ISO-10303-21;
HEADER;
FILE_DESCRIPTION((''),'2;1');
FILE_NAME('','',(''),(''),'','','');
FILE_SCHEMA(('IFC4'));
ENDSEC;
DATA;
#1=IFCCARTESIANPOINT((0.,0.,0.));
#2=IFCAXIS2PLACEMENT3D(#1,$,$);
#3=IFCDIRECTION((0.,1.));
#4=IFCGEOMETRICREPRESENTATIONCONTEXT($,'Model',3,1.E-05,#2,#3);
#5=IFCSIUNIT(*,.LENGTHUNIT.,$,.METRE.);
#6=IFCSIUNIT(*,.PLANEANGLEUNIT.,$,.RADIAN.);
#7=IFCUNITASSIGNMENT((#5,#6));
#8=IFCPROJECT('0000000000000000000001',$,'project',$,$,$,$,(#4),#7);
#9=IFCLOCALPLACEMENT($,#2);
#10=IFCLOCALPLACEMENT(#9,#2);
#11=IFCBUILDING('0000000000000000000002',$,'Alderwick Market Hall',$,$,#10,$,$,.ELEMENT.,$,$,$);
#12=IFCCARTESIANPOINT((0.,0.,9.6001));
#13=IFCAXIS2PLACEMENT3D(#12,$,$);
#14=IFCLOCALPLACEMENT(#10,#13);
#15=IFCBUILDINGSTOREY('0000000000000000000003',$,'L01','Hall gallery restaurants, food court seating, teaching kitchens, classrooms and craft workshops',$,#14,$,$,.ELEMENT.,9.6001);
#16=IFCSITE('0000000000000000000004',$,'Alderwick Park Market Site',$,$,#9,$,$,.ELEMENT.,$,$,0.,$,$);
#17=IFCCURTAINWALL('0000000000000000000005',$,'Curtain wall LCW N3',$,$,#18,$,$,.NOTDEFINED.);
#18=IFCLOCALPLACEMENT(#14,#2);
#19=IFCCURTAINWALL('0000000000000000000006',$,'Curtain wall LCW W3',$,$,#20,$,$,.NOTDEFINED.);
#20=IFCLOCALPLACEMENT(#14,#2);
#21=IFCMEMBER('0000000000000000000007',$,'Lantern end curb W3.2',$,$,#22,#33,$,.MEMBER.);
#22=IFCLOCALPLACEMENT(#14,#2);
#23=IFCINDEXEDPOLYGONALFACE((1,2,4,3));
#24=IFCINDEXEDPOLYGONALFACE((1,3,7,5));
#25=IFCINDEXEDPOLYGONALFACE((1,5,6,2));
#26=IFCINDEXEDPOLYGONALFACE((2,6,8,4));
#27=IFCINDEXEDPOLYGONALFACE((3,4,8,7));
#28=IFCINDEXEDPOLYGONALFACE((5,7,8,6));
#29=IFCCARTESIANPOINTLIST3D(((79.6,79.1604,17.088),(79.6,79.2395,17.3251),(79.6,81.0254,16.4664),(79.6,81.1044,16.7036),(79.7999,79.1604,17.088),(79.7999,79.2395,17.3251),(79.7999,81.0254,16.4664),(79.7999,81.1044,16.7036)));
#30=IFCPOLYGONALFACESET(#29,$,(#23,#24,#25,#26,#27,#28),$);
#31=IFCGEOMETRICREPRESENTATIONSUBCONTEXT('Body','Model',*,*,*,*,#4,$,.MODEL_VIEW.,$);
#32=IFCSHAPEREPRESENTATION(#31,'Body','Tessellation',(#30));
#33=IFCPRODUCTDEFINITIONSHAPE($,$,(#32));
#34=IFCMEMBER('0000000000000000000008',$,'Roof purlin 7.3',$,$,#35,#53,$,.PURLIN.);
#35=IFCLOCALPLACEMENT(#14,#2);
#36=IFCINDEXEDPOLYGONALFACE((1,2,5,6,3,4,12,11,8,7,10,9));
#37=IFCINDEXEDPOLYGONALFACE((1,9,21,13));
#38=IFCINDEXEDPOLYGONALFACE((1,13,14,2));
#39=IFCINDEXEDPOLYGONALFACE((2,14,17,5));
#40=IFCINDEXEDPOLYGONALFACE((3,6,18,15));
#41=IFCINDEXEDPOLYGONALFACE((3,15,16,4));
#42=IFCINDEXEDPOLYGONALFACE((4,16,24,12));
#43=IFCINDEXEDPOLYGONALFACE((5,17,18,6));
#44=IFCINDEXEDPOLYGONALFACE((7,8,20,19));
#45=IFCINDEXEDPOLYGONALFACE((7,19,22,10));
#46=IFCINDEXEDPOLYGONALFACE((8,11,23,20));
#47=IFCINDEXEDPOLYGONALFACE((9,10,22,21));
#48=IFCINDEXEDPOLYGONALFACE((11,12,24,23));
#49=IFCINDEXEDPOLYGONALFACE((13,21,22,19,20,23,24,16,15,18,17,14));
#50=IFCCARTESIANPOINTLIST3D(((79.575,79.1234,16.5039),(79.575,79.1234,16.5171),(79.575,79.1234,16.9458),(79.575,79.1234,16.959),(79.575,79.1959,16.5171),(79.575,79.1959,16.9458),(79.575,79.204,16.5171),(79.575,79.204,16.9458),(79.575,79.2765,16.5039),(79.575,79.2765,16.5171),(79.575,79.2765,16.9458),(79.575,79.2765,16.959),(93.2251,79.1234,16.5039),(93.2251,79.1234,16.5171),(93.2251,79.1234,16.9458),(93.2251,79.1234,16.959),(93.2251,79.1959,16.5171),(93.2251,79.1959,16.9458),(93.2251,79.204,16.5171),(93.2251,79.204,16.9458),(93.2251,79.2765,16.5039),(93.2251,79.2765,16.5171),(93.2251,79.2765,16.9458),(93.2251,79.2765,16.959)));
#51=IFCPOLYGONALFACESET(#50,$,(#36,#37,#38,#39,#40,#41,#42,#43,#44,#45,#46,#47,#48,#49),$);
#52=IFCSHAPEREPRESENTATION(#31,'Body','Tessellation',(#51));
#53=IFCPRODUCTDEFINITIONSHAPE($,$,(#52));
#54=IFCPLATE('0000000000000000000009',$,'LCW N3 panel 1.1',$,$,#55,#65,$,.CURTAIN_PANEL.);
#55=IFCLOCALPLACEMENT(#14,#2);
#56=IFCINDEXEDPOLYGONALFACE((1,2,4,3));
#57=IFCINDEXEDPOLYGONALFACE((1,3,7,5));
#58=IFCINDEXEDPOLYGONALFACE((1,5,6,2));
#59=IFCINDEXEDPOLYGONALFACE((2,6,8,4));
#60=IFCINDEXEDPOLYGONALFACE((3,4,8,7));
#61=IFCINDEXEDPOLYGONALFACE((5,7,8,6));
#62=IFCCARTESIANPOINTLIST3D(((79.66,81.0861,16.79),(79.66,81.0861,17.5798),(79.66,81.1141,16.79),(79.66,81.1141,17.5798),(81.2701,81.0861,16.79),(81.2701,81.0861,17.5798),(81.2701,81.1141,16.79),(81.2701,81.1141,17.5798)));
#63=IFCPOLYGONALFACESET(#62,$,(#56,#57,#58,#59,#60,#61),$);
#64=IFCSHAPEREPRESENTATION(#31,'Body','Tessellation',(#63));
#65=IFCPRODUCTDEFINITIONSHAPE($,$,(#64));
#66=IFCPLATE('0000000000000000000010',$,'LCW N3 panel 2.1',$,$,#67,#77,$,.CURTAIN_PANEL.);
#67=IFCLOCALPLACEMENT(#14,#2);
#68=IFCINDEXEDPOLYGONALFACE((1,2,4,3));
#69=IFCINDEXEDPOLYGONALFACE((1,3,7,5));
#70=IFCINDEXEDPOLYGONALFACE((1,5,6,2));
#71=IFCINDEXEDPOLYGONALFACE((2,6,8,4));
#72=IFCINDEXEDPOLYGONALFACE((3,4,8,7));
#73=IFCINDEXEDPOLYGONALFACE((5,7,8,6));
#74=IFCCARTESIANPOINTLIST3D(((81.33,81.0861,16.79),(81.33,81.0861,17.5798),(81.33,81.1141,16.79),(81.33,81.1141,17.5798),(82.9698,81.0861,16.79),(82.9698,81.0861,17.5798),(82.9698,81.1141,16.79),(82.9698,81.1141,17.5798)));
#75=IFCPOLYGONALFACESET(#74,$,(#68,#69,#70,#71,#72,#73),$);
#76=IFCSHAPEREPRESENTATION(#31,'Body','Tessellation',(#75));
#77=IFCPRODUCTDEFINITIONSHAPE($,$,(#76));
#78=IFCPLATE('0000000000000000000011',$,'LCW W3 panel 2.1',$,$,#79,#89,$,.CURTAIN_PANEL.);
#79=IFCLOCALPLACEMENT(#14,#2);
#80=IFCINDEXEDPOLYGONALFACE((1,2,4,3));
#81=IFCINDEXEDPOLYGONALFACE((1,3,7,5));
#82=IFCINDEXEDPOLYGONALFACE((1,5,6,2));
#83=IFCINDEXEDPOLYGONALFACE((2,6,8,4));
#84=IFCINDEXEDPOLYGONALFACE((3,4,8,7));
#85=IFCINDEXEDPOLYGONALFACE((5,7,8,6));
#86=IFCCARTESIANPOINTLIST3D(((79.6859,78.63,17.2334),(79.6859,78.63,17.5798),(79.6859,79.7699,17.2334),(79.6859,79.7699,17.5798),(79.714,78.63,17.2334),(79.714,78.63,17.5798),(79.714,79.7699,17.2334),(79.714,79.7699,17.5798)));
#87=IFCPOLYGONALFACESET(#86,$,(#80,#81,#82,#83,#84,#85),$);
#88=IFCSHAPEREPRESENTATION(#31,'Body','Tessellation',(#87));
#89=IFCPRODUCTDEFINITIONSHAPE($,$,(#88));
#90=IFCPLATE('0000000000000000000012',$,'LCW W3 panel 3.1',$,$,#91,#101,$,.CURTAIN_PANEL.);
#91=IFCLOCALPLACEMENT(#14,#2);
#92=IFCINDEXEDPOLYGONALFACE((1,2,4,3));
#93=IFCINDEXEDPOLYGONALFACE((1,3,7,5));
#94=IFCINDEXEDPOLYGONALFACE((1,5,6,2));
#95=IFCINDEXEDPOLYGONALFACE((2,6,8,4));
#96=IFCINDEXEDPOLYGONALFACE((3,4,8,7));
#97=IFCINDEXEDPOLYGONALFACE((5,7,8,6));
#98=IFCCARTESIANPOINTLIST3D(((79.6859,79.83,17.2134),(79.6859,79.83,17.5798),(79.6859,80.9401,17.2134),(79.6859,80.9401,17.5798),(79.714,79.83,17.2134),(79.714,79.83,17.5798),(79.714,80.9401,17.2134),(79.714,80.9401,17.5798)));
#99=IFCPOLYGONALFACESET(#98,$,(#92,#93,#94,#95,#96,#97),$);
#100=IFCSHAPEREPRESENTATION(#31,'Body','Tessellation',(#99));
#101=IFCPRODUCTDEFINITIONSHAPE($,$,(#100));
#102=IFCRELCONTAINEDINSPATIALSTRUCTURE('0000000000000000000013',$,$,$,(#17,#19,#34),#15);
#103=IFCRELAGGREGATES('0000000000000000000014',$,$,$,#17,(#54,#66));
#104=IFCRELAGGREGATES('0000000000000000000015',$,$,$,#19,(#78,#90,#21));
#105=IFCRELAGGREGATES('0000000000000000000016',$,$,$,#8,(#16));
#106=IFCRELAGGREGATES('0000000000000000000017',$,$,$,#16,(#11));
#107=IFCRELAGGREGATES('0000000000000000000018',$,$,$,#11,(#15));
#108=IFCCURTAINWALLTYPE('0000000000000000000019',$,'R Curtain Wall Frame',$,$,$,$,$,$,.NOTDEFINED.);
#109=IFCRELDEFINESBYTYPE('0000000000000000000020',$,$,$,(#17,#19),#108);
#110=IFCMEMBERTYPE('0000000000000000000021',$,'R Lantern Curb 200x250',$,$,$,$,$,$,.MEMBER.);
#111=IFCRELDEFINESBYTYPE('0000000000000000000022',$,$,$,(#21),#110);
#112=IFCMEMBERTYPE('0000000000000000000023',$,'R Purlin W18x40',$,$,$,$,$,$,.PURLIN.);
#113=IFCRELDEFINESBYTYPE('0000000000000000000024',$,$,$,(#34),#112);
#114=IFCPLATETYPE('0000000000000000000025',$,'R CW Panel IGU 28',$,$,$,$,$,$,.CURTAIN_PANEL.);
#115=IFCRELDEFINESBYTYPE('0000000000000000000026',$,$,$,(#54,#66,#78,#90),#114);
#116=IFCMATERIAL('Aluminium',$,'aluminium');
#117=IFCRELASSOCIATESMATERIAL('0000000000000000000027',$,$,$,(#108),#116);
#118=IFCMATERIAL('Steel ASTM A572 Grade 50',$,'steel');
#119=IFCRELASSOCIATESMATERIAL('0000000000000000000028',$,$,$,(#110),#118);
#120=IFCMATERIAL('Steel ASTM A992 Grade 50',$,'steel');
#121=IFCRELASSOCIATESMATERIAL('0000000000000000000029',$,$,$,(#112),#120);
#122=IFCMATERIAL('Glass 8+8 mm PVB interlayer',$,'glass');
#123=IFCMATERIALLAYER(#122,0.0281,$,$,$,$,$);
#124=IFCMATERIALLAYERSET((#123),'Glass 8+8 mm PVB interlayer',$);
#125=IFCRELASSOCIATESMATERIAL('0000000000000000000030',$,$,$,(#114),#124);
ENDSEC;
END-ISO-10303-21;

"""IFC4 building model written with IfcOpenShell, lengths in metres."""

from ifc_helpers import new_model, si_unit, direction, frame, origin, origin_2d, place, context, subcontext, project, spatial, rectangle, i_section, extrude, material, layer, layer_set, material_profile, profile_set, type_object, element, aggregate, save


model = new_model("IFC4")

# Units and contexts
model_context = context("Model", 3, precision=1e-05, world=origin(), true_north=direction((0.0, 1.0)))
body_context = subcontext(model_context, "Body", "Model", "MODEL_VIEW")
ifc_project = project(units=[si_unit("LENGTHUNIT", "METRE"), si_unit("PLANEANGLEUNIT", "RADIAN")], contexts=[model_context])

# Site, building, storey
site_placement = place(None, origin())
site = spatial("IfcSite", under=ifc_project, at=site_placement, Name="Alderwick Park Market Site", CompositionType="ELEMENT", RefElevation=0.0)
building_placement = place(site_placement, origin())
building = spatial("IfcBuilding", under=site, at=building_placement, Name="Alderwick Market Hall", CompositionType="ELEMENT")
storey_placement = place(building_placement, frame((0.0, 0.0, 9.6001)))
storey = spatial("IfcBuildingStorey", under=building, at=storey_placement, Name="L01", Description="Hall gallery restaurants, food court seating, teaching kitchens, classrooms and craft workshops", CompositionType="ELEMENT", Elevation=9.6001)

# Curtain walls
ifc_material_1 = material(Name="Aluminium", Category="aluminium")
curtain_wall_type = type_object("IfcCurtainWallType", Name="R Curtain Wall Frame", PredefinedType="NOTDEFINED", material=ifc_material_1)
curtain_wall_1_placement = place(storey_placement, origin())
curtain_wall_1 = element("IfcCurtainWall", 1, at=curtain_wall_1_placement, inside=storey, type_object=curtain_wall_type, Name="Curtain wall LCW N3", PredefinedType="NOTDEFINED")
curtain_wall_2_placement = place(storey_placement, origin())
curtain_wall_2 = element("IfcCurtainWall", 2, at=curtain_wall_2_placement, inside=storey, type_object=curtain_wall_type, Name="Curtain wall LCW W3", PredefinedType="NOTDEFINED")

# Members
ifc_material_2 = material(Name="Steel ASTM A572 Grade 50", Category="steel")
ifc_material_profile_1 = material_profile(ifc_material_2, rectangle(XDim=0.2, YDim=0.25, at=origin_2d()), Name="Steel plate curb 200x250")
ifc_profile_set_1 = profile_set([ifc_material_profile_1], Name="Steel ASTM A572 Grade 50")
member_type_1 = type_object("IfcMemberType", Name="R Lantern Curb 200x250", PredefinedType="MEMBER", material=ifc_profile_set_1)
member_1_placement = place(storey_placement, frame((79.7, 79.2, 17.2065), z_axis=(0.0, 0.948696, -0.316191), x_axis=(-1.0, 0.0, 0.0)))
member_1 = element("IfcMember", 3, at=member_1_placement, type_object=member_type_1, Name="Lantern end curb W3.2", PredefinedType="MEMBER", context=body_context, shape_type="SweptSolid", body=[
    extrude(rectangle(XDim=0.2, YDim=0.25, at=origin_2d()), origin(), (0.0, 0.0, 1.0), 1.9658),
])
ifc_material_3 = material(Name="Steel ASTM A992 Grade 50", Category="steel")
ifc_material_profile_2 = material_profile(ifc_material_3, i_section(OverallWidth=0.1531, OverallDepth=0.4551, WebThickness=0.0081, FlangeThickness=0.0132, at=origin_2d()), Name="W18x40")
ifc_profile_set_2 = profile_set([ifc_material_profile_2], Name="Steel ASTM A992 Grade 50")
member_type_2 = type_object("IfcMemberType", Name="R Purlin W18x40", PredefinedType="PURLIN", material=ifc_profile_set_2)
member_2_placement = place(storey_placement, frame((79.575, 79.2, 16.7314), z_axis=(1.0, 0.0, 0.0), x_axis=(0.0, 1.0, 0.0)))
element("IfcMember", 4, at=member_2_placement, inside=storey, type_object=member_type_2, Name="Roof purlin 7.3", PredefinedType="PURLIN", context=body_context, shape_type="SweptSolid", body=[
    extrude(i_section(OverallWidth=0.1531, OverallDepth=0.4551, WebThickness=0.0081, FlangeThickness=0.0132, at=origin_2d()), origin(), (0.0, 0.0, 1.0), 13.6501),
])

# Plates
ifc_material_4 = material(Name="Glass 8+8 mm PVB interlayer", Category="glass")
ifc_layer = layer(ifc_material_4, 0.0281)
ifc_layer_set = layer_set([ifc_layer], Name="Glass 8+8 mm PVB interlayer")
plate_type = type_object("IfcPlateType", Name="R CW Panel IGU 28", PredefinedType="CURTAIN_PANEL", material=ifc_layer_set)
plate_1_placement = place(storey_placement, frame((80.4651, 81.1001, 16.79), z_axis=(0.0, 0.0, 1.0), x_axis=(1.0, 0.0, 0.0)))
plate_1 = element("IfcPlate", 5, at=plate_1_placement, type_object=plate_type, Name="LCW N3 panel 1.1", PredefinedType="CURTAIN_PANEL", context=body_context, shape_type="SweptSolid", body=[
    extrude(rectangle(XDim=1.6101, YDim=0.0281, at=origin_2d()), origin(), (0.0, 0.0, 1.0), 0.7898),
])
plate_2_placement = place(storey_placement, frame((82.1499, 81.1001, 16.79), z_axis=(0.0, 0.0, 1.0), x_axis=(1.0, 0.0, 0.0)))
plate_2 = element("IfcPlate", 6, at=plate_2_placement, type_object=plate_type, Name="LCW N3 panel 2.1", PredefinedType="CURTAIN_PANEL", context=body_context, shape_type="SweptSolid", body=[
    extrude(rectangle(XDim=1.6399, YDim=0.0281, at=origin_2d()), origin(), (0.0, 0.0, 1.0), 0.7898),
])
aggregate(curtain_wall_1, [plate_1, plate_2])
plate_3_placement = place(storey_placement, frame((79.7, 79.2, 17.2334), z_axis=(0.0, 0.0, 1.0), x_axis=(1.0, 0.0, 0.0)))
plate_3 = element("IfcPlate", 7, at=plate_3_placement, type_object=plate_type, Name="LCW W3 panel 2.1", PredefinedType="CURTAIN_PANEL", context=body_context, shape_type="SweptSolid", body=[
    extrude(rectangle(XDim=0.0281, YDim=1.1399, at=origin_2d()), origin(), (0.0, 0.0, 1.0), 0.3464),
])
plate_4_placement = place(storey_placement, frame((79.7, 80.385, 17.2134), z_axis=(0.0, 0.0, 1.0), x_axis=(1.0, 0.0, 0.0)))
plate_4 = element("IfcPlate", 8, at=plate_4_placement, type_object=plate_type, Name="LCW W3 panel 3.1", PredefinedType="CURTAIN_PANEL", context=body_context, shape_type="SweptSolid", body=[
    extrude(rectangle(XDim=0.0281, YDim=1.1101, at=origin_2d()), origin(), (0.0, 0.0, 1.0), 0.3665),
])
aggregate(curtain_wall_2, [plate_3, plate_4, member_1])

save(model, "model.ifc")
